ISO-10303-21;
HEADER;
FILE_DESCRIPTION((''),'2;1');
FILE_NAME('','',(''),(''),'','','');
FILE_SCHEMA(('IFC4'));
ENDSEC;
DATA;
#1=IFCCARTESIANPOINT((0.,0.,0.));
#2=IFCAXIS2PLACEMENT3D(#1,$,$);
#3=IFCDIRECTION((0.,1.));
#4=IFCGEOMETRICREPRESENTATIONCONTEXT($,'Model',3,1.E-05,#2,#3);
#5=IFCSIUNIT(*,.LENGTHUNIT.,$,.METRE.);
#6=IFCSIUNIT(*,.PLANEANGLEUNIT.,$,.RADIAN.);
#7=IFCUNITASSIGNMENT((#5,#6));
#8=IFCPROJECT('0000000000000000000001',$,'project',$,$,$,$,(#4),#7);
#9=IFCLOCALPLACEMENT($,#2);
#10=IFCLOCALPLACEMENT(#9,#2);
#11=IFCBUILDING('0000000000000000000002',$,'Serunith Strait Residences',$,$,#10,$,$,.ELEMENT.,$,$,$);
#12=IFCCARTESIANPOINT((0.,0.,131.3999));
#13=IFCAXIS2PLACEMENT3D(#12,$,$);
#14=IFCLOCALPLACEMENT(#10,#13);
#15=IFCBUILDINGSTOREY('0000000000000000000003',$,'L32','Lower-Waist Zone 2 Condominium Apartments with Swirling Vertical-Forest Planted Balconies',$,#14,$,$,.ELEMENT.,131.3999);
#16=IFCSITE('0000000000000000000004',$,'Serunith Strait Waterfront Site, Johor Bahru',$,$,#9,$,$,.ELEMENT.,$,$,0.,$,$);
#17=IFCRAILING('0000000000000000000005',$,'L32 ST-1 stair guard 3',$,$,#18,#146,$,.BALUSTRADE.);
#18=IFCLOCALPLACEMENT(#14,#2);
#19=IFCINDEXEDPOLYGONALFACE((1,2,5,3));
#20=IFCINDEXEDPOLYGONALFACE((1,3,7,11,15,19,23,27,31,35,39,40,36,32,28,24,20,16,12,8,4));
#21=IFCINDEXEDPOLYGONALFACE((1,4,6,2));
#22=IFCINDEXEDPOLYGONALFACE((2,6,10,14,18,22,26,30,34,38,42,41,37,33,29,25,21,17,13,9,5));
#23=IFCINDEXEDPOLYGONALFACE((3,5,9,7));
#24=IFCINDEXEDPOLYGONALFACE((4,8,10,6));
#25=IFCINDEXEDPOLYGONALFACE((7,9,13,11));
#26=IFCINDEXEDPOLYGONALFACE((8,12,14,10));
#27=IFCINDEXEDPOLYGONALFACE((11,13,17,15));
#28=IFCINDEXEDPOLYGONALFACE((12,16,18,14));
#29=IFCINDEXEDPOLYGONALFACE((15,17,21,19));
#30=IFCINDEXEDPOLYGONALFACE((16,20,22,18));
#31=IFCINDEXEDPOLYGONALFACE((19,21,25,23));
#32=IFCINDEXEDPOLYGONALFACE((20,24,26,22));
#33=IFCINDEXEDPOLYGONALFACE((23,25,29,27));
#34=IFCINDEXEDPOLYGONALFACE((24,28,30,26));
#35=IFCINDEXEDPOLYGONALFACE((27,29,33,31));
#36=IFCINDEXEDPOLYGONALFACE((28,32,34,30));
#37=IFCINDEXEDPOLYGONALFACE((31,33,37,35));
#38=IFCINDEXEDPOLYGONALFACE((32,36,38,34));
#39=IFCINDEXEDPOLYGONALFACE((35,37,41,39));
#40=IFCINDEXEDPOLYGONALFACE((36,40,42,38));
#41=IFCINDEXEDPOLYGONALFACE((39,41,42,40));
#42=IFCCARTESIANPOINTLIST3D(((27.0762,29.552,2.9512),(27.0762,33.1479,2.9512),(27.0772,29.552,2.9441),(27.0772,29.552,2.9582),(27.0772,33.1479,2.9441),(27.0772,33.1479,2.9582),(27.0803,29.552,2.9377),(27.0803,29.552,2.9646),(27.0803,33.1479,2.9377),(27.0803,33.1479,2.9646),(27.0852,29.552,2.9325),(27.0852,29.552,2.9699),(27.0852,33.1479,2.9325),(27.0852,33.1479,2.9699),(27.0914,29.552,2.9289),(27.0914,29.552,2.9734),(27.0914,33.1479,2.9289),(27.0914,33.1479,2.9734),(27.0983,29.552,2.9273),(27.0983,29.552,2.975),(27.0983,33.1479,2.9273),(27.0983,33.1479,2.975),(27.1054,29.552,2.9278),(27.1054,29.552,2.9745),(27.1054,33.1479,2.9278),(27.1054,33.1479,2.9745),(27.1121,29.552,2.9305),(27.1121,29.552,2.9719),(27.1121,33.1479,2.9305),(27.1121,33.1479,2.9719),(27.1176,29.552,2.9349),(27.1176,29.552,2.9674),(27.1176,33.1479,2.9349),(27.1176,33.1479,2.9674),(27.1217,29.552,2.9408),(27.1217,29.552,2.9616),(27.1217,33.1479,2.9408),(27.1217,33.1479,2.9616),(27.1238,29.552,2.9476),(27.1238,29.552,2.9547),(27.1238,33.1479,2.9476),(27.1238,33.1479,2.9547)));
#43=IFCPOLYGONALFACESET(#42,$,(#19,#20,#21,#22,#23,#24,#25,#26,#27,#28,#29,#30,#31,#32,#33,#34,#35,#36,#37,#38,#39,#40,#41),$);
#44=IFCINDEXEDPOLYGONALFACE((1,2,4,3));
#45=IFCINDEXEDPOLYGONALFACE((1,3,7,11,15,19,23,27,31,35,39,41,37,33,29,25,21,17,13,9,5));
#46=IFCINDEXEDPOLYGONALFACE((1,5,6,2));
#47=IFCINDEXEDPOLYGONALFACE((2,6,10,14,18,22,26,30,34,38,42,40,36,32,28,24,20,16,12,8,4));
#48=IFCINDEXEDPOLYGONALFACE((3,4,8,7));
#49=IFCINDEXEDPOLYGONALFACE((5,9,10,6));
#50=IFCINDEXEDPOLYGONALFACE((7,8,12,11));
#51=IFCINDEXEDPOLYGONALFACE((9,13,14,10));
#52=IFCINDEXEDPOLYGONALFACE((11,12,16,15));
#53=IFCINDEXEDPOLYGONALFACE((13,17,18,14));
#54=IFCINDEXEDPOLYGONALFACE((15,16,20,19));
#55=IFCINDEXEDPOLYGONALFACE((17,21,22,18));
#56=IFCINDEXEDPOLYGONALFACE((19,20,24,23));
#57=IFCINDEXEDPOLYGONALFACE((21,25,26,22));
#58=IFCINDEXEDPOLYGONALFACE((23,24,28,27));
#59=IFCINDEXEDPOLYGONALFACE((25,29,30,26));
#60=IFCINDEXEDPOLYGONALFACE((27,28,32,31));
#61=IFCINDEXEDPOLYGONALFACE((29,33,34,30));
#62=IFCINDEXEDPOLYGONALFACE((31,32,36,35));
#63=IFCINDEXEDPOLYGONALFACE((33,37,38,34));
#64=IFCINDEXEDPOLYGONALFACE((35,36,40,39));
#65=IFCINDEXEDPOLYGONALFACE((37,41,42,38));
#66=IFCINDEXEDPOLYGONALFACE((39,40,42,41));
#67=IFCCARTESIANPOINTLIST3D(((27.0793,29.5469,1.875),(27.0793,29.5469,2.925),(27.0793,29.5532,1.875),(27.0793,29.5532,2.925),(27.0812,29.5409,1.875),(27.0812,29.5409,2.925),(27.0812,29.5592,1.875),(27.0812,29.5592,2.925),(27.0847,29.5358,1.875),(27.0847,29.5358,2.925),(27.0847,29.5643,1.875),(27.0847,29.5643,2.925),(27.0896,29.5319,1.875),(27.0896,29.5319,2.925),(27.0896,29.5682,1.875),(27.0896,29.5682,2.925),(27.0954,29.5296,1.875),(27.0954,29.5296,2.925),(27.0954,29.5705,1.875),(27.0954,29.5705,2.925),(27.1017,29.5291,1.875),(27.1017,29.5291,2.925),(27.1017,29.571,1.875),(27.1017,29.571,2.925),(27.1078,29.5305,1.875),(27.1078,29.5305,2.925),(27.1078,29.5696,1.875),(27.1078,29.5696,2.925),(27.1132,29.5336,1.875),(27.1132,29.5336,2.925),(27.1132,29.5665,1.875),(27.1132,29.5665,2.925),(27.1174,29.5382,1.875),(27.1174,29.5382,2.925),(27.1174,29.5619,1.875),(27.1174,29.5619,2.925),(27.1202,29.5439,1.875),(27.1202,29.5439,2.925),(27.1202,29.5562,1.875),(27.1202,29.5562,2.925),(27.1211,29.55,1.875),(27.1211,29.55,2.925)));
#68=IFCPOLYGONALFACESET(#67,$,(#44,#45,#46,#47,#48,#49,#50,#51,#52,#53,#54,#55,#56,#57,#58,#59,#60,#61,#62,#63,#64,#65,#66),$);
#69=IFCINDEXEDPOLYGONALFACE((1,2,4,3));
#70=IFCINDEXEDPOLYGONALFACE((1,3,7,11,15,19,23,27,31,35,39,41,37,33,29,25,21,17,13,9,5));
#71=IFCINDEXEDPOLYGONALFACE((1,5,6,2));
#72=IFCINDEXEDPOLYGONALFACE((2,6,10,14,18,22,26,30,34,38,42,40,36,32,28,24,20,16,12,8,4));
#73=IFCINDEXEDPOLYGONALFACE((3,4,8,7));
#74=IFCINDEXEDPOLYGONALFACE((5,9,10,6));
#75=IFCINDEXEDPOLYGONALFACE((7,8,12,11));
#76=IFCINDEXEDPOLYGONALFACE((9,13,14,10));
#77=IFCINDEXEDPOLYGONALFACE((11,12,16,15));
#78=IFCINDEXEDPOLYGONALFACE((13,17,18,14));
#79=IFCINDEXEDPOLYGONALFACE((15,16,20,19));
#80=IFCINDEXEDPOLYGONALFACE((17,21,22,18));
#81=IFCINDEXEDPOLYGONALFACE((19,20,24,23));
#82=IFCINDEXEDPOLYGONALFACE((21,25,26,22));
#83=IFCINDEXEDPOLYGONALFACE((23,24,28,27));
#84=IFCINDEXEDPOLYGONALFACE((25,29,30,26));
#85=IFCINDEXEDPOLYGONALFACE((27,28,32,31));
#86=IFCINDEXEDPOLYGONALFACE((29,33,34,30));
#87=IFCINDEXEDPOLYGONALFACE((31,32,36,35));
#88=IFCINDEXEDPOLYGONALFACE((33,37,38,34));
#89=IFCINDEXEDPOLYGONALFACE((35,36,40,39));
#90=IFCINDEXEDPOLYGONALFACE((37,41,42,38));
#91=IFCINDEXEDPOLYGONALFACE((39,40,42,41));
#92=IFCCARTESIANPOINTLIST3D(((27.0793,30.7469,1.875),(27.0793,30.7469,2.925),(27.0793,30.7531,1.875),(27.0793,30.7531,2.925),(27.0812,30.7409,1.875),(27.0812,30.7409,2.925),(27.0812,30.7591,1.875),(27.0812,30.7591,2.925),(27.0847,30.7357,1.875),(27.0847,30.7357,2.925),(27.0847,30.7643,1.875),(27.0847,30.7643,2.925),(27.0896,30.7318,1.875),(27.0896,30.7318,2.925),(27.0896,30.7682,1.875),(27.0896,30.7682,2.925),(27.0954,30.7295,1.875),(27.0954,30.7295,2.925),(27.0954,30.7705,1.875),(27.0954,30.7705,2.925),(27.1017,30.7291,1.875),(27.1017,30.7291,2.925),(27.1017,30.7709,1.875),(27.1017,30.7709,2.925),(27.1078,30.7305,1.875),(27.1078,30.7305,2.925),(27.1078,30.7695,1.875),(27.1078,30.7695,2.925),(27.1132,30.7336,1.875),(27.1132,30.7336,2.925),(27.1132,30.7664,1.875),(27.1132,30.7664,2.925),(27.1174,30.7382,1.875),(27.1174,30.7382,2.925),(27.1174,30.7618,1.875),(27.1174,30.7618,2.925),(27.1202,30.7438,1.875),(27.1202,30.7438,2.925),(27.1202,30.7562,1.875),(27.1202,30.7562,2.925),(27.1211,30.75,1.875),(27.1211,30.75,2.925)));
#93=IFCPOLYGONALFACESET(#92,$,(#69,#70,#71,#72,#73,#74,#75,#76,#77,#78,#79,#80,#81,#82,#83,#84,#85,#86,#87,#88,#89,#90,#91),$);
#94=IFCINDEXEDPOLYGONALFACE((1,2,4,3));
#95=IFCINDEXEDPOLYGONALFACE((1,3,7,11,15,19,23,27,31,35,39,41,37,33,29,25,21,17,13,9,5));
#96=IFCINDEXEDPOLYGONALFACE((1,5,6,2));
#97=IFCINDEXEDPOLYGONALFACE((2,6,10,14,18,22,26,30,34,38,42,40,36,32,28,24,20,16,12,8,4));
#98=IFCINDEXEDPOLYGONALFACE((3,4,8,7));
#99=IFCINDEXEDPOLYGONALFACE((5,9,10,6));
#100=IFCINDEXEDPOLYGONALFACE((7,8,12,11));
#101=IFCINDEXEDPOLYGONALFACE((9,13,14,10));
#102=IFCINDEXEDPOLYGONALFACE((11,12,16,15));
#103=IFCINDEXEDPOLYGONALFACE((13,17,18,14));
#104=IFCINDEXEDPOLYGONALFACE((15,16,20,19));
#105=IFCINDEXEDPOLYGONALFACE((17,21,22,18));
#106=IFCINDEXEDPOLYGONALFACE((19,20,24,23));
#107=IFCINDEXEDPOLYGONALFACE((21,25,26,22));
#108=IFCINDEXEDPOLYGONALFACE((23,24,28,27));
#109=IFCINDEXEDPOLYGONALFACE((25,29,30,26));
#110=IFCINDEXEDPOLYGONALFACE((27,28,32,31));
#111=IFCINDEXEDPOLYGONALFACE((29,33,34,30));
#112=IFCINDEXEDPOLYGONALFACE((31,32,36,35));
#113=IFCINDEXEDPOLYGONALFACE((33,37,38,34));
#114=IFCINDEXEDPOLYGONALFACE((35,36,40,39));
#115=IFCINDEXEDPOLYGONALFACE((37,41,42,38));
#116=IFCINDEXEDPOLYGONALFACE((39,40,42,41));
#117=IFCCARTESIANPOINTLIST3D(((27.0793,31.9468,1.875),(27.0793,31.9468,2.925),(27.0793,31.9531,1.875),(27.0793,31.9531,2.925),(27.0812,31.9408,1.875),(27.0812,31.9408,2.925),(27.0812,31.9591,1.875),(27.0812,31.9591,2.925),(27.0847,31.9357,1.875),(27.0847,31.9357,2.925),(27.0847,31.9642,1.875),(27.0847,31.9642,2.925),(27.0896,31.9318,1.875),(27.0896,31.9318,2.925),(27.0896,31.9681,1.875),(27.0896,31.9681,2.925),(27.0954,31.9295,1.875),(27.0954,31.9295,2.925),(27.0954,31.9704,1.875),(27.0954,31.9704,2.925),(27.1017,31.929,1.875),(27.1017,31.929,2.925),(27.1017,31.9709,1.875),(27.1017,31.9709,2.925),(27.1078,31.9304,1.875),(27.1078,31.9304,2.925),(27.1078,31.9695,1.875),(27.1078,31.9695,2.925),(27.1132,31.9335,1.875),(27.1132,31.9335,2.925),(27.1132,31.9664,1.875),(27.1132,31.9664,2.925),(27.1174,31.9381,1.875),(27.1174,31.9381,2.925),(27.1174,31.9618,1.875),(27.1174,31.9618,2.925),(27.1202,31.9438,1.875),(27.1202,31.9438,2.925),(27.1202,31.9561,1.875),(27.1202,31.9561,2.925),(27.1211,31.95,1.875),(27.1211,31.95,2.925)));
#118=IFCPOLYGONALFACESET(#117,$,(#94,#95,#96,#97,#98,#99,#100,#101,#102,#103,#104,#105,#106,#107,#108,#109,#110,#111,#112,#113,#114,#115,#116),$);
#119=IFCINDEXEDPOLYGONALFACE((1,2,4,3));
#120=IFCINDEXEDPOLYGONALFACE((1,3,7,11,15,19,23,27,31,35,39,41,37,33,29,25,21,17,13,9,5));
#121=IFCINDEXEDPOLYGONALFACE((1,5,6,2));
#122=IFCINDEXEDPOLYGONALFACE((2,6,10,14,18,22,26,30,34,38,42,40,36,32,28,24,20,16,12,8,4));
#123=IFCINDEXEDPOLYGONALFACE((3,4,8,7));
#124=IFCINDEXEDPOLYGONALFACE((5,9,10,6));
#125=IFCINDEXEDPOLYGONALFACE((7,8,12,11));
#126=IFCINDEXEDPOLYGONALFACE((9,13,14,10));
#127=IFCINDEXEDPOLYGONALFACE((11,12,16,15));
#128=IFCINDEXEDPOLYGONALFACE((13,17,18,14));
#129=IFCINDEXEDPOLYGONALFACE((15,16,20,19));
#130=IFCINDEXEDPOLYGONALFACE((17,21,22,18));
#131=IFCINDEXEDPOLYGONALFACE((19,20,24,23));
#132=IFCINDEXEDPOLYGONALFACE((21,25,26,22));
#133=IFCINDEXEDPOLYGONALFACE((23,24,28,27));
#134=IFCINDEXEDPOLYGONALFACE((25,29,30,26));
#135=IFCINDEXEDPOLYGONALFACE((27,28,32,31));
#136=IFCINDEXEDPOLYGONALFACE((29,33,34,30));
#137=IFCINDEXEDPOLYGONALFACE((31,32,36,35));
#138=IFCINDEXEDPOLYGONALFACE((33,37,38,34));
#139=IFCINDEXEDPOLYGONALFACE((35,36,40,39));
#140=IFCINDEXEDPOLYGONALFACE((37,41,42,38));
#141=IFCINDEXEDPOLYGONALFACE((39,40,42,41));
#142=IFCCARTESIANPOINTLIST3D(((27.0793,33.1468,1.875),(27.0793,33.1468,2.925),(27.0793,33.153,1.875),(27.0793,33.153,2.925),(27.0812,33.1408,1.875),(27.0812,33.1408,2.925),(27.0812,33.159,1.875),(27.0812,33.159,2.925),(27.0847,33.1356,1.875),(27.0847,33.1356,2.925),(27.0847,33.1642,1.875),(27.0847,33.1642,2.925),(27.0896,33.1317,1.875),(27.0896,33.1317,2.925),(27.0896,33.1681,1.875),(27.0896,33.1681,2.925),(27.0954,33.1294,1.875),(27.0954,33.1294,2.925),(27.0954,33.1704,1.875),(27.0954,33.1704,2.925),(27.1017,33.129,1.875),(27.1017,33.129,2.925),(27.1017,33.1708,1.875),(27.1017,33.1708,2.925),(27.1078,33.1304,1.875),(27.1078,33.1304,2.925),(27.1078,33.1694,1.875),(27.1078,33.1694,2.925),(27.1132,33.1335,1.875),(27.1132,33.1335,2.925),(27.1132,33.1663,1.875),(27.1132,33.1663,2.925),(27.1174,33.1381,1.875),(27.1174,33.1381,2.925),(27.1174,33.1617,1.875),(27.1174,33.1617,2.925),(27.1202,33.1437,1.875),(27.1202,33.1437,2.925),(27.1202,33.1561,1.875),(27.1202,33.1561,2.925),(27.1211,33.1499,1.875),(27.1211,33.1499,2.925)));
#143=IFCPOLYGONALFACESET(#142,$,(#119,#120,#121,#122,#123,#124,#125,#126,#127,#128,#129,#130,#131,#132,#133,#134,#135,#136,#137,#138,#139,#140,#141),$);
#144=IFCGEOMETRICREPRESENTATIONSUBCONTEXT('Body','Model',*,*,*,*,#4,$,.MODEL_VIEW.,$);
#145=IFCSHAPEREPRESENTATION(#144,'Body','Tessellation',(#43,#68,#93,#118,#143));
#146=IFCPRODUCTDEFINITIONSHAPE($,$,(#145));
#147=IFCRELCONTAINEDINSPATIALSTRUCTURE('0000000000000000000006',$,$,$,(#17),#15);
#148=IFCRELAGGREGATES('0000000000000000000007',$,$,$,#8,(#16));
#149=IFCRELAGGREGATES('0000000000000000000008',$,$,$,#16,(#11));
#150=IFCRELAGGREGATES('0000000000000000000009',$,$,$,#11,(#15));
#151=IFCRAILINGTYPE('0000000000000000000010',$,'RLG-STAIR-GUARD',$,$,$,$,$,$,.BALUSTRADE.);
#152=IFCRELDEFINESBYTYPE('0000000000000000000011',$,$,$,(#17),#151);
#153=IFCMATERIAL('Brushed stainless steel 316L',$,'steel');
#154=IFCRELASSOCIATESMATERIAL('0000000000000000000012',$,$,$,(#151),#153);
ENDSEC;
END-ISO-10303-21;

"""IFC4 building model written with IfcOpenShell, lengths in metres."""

from ifc_helpers import new_model, si_unit, direction, frame, origin, origin_2d, place, context, subcontext, project, spatial, circle, extrude, material, type_object, element, save


model = new_model("IFC4")

# Units and contexts
model_context = context("Model", 3, precision=1e-05, world=origin(), true_north=direction((0.0, 1.0)))
body_context = subcontext(model_context, "Body", "Model", "MODEL_VIEW")
ifc_project = project(units=[si_unit("LENGTHUNIT", "METRE"), si_unit("PLANEANGLEUNIT", "RADIAN")], contexts=[model_context])

# Site, building, storey
site_placement = place(None, origin())
site = spatial("IfcSite", under=ifc_project, at=site_placement, Name="Serunith Strait Waterfront Site, Johor Bahru", CompositionType="ELEMENT", RefElevation=0.0)
building_placement = place(site_placement, origin())
building = spatial("IfcBuilding", under=site, at=building_placement, Name="Serunith Strait Residences", CompositionType="ELEMENT")
storey_placement = place(building_placement, frame((0.0, 0.0, 131.3999)))
storey = spatial("IfcBuildingStorey", under=building, at=storey_placement, Name="L32", Description="Lower-Waist Zone 2 Condominium Apartments with Swirling Vertical-Forest Planted Balconies", CompositionType="ELEMENT", Elevation=131.3999)

# Railing
ifc_material_1 = material(Name="Brushed stainless steel 316L", Category="steel")
railing_type_1 = type_object("IfcRailingType", Name="RLG-STAIR-GUARD", PredefinedType="BALUSTRADE", material=ifc_material_1)
for number, where, name in (
    (1, (27.1001, 29.55, 1.875), "L32 ST-1 stair guard 3"),
):
    element("IfcRailing", number, at=place(storey_placement, frame(where)), inside=storey, type_object=railing_type_1, Name=name, PredefinedType="BALUSTRADE", context=body_context, shape_type="SweptSolid", body=[
        extrude(circle(Radius=0.0239, at=origin_2d()), frame((0.0, 0.002, 1.0762), z_axis=(0.0, 1.0, 0.0), x_axis=(-1.0, 0.0, 0.0)), (0.0, 0.0, 1.0), 3.5959),
        extrude(circle(Radius=0.021, at=origin_2d()), origin(), (0.0, 0.0, 1.0), 1.05),
        extrude(circle(Radius=0.021, at=origin_2d()), frame((0.0, 1.2, 0.0)), (0.0, 0.0, 1.0), 1.05),
        extrude(circle(Radius=0.021, at=origin_2d()), frame((0.0, 2.3999, 0.0)), (0.0, 0.0, 1.0), 1.05),
        extrude(circle(Radius=0.021, at=origin_2d()), frame((0.0, 3.5999, 0.0)), (0.0, 0.0, 1.0), 1.05),
    ])

save(model, "model.ifc")
